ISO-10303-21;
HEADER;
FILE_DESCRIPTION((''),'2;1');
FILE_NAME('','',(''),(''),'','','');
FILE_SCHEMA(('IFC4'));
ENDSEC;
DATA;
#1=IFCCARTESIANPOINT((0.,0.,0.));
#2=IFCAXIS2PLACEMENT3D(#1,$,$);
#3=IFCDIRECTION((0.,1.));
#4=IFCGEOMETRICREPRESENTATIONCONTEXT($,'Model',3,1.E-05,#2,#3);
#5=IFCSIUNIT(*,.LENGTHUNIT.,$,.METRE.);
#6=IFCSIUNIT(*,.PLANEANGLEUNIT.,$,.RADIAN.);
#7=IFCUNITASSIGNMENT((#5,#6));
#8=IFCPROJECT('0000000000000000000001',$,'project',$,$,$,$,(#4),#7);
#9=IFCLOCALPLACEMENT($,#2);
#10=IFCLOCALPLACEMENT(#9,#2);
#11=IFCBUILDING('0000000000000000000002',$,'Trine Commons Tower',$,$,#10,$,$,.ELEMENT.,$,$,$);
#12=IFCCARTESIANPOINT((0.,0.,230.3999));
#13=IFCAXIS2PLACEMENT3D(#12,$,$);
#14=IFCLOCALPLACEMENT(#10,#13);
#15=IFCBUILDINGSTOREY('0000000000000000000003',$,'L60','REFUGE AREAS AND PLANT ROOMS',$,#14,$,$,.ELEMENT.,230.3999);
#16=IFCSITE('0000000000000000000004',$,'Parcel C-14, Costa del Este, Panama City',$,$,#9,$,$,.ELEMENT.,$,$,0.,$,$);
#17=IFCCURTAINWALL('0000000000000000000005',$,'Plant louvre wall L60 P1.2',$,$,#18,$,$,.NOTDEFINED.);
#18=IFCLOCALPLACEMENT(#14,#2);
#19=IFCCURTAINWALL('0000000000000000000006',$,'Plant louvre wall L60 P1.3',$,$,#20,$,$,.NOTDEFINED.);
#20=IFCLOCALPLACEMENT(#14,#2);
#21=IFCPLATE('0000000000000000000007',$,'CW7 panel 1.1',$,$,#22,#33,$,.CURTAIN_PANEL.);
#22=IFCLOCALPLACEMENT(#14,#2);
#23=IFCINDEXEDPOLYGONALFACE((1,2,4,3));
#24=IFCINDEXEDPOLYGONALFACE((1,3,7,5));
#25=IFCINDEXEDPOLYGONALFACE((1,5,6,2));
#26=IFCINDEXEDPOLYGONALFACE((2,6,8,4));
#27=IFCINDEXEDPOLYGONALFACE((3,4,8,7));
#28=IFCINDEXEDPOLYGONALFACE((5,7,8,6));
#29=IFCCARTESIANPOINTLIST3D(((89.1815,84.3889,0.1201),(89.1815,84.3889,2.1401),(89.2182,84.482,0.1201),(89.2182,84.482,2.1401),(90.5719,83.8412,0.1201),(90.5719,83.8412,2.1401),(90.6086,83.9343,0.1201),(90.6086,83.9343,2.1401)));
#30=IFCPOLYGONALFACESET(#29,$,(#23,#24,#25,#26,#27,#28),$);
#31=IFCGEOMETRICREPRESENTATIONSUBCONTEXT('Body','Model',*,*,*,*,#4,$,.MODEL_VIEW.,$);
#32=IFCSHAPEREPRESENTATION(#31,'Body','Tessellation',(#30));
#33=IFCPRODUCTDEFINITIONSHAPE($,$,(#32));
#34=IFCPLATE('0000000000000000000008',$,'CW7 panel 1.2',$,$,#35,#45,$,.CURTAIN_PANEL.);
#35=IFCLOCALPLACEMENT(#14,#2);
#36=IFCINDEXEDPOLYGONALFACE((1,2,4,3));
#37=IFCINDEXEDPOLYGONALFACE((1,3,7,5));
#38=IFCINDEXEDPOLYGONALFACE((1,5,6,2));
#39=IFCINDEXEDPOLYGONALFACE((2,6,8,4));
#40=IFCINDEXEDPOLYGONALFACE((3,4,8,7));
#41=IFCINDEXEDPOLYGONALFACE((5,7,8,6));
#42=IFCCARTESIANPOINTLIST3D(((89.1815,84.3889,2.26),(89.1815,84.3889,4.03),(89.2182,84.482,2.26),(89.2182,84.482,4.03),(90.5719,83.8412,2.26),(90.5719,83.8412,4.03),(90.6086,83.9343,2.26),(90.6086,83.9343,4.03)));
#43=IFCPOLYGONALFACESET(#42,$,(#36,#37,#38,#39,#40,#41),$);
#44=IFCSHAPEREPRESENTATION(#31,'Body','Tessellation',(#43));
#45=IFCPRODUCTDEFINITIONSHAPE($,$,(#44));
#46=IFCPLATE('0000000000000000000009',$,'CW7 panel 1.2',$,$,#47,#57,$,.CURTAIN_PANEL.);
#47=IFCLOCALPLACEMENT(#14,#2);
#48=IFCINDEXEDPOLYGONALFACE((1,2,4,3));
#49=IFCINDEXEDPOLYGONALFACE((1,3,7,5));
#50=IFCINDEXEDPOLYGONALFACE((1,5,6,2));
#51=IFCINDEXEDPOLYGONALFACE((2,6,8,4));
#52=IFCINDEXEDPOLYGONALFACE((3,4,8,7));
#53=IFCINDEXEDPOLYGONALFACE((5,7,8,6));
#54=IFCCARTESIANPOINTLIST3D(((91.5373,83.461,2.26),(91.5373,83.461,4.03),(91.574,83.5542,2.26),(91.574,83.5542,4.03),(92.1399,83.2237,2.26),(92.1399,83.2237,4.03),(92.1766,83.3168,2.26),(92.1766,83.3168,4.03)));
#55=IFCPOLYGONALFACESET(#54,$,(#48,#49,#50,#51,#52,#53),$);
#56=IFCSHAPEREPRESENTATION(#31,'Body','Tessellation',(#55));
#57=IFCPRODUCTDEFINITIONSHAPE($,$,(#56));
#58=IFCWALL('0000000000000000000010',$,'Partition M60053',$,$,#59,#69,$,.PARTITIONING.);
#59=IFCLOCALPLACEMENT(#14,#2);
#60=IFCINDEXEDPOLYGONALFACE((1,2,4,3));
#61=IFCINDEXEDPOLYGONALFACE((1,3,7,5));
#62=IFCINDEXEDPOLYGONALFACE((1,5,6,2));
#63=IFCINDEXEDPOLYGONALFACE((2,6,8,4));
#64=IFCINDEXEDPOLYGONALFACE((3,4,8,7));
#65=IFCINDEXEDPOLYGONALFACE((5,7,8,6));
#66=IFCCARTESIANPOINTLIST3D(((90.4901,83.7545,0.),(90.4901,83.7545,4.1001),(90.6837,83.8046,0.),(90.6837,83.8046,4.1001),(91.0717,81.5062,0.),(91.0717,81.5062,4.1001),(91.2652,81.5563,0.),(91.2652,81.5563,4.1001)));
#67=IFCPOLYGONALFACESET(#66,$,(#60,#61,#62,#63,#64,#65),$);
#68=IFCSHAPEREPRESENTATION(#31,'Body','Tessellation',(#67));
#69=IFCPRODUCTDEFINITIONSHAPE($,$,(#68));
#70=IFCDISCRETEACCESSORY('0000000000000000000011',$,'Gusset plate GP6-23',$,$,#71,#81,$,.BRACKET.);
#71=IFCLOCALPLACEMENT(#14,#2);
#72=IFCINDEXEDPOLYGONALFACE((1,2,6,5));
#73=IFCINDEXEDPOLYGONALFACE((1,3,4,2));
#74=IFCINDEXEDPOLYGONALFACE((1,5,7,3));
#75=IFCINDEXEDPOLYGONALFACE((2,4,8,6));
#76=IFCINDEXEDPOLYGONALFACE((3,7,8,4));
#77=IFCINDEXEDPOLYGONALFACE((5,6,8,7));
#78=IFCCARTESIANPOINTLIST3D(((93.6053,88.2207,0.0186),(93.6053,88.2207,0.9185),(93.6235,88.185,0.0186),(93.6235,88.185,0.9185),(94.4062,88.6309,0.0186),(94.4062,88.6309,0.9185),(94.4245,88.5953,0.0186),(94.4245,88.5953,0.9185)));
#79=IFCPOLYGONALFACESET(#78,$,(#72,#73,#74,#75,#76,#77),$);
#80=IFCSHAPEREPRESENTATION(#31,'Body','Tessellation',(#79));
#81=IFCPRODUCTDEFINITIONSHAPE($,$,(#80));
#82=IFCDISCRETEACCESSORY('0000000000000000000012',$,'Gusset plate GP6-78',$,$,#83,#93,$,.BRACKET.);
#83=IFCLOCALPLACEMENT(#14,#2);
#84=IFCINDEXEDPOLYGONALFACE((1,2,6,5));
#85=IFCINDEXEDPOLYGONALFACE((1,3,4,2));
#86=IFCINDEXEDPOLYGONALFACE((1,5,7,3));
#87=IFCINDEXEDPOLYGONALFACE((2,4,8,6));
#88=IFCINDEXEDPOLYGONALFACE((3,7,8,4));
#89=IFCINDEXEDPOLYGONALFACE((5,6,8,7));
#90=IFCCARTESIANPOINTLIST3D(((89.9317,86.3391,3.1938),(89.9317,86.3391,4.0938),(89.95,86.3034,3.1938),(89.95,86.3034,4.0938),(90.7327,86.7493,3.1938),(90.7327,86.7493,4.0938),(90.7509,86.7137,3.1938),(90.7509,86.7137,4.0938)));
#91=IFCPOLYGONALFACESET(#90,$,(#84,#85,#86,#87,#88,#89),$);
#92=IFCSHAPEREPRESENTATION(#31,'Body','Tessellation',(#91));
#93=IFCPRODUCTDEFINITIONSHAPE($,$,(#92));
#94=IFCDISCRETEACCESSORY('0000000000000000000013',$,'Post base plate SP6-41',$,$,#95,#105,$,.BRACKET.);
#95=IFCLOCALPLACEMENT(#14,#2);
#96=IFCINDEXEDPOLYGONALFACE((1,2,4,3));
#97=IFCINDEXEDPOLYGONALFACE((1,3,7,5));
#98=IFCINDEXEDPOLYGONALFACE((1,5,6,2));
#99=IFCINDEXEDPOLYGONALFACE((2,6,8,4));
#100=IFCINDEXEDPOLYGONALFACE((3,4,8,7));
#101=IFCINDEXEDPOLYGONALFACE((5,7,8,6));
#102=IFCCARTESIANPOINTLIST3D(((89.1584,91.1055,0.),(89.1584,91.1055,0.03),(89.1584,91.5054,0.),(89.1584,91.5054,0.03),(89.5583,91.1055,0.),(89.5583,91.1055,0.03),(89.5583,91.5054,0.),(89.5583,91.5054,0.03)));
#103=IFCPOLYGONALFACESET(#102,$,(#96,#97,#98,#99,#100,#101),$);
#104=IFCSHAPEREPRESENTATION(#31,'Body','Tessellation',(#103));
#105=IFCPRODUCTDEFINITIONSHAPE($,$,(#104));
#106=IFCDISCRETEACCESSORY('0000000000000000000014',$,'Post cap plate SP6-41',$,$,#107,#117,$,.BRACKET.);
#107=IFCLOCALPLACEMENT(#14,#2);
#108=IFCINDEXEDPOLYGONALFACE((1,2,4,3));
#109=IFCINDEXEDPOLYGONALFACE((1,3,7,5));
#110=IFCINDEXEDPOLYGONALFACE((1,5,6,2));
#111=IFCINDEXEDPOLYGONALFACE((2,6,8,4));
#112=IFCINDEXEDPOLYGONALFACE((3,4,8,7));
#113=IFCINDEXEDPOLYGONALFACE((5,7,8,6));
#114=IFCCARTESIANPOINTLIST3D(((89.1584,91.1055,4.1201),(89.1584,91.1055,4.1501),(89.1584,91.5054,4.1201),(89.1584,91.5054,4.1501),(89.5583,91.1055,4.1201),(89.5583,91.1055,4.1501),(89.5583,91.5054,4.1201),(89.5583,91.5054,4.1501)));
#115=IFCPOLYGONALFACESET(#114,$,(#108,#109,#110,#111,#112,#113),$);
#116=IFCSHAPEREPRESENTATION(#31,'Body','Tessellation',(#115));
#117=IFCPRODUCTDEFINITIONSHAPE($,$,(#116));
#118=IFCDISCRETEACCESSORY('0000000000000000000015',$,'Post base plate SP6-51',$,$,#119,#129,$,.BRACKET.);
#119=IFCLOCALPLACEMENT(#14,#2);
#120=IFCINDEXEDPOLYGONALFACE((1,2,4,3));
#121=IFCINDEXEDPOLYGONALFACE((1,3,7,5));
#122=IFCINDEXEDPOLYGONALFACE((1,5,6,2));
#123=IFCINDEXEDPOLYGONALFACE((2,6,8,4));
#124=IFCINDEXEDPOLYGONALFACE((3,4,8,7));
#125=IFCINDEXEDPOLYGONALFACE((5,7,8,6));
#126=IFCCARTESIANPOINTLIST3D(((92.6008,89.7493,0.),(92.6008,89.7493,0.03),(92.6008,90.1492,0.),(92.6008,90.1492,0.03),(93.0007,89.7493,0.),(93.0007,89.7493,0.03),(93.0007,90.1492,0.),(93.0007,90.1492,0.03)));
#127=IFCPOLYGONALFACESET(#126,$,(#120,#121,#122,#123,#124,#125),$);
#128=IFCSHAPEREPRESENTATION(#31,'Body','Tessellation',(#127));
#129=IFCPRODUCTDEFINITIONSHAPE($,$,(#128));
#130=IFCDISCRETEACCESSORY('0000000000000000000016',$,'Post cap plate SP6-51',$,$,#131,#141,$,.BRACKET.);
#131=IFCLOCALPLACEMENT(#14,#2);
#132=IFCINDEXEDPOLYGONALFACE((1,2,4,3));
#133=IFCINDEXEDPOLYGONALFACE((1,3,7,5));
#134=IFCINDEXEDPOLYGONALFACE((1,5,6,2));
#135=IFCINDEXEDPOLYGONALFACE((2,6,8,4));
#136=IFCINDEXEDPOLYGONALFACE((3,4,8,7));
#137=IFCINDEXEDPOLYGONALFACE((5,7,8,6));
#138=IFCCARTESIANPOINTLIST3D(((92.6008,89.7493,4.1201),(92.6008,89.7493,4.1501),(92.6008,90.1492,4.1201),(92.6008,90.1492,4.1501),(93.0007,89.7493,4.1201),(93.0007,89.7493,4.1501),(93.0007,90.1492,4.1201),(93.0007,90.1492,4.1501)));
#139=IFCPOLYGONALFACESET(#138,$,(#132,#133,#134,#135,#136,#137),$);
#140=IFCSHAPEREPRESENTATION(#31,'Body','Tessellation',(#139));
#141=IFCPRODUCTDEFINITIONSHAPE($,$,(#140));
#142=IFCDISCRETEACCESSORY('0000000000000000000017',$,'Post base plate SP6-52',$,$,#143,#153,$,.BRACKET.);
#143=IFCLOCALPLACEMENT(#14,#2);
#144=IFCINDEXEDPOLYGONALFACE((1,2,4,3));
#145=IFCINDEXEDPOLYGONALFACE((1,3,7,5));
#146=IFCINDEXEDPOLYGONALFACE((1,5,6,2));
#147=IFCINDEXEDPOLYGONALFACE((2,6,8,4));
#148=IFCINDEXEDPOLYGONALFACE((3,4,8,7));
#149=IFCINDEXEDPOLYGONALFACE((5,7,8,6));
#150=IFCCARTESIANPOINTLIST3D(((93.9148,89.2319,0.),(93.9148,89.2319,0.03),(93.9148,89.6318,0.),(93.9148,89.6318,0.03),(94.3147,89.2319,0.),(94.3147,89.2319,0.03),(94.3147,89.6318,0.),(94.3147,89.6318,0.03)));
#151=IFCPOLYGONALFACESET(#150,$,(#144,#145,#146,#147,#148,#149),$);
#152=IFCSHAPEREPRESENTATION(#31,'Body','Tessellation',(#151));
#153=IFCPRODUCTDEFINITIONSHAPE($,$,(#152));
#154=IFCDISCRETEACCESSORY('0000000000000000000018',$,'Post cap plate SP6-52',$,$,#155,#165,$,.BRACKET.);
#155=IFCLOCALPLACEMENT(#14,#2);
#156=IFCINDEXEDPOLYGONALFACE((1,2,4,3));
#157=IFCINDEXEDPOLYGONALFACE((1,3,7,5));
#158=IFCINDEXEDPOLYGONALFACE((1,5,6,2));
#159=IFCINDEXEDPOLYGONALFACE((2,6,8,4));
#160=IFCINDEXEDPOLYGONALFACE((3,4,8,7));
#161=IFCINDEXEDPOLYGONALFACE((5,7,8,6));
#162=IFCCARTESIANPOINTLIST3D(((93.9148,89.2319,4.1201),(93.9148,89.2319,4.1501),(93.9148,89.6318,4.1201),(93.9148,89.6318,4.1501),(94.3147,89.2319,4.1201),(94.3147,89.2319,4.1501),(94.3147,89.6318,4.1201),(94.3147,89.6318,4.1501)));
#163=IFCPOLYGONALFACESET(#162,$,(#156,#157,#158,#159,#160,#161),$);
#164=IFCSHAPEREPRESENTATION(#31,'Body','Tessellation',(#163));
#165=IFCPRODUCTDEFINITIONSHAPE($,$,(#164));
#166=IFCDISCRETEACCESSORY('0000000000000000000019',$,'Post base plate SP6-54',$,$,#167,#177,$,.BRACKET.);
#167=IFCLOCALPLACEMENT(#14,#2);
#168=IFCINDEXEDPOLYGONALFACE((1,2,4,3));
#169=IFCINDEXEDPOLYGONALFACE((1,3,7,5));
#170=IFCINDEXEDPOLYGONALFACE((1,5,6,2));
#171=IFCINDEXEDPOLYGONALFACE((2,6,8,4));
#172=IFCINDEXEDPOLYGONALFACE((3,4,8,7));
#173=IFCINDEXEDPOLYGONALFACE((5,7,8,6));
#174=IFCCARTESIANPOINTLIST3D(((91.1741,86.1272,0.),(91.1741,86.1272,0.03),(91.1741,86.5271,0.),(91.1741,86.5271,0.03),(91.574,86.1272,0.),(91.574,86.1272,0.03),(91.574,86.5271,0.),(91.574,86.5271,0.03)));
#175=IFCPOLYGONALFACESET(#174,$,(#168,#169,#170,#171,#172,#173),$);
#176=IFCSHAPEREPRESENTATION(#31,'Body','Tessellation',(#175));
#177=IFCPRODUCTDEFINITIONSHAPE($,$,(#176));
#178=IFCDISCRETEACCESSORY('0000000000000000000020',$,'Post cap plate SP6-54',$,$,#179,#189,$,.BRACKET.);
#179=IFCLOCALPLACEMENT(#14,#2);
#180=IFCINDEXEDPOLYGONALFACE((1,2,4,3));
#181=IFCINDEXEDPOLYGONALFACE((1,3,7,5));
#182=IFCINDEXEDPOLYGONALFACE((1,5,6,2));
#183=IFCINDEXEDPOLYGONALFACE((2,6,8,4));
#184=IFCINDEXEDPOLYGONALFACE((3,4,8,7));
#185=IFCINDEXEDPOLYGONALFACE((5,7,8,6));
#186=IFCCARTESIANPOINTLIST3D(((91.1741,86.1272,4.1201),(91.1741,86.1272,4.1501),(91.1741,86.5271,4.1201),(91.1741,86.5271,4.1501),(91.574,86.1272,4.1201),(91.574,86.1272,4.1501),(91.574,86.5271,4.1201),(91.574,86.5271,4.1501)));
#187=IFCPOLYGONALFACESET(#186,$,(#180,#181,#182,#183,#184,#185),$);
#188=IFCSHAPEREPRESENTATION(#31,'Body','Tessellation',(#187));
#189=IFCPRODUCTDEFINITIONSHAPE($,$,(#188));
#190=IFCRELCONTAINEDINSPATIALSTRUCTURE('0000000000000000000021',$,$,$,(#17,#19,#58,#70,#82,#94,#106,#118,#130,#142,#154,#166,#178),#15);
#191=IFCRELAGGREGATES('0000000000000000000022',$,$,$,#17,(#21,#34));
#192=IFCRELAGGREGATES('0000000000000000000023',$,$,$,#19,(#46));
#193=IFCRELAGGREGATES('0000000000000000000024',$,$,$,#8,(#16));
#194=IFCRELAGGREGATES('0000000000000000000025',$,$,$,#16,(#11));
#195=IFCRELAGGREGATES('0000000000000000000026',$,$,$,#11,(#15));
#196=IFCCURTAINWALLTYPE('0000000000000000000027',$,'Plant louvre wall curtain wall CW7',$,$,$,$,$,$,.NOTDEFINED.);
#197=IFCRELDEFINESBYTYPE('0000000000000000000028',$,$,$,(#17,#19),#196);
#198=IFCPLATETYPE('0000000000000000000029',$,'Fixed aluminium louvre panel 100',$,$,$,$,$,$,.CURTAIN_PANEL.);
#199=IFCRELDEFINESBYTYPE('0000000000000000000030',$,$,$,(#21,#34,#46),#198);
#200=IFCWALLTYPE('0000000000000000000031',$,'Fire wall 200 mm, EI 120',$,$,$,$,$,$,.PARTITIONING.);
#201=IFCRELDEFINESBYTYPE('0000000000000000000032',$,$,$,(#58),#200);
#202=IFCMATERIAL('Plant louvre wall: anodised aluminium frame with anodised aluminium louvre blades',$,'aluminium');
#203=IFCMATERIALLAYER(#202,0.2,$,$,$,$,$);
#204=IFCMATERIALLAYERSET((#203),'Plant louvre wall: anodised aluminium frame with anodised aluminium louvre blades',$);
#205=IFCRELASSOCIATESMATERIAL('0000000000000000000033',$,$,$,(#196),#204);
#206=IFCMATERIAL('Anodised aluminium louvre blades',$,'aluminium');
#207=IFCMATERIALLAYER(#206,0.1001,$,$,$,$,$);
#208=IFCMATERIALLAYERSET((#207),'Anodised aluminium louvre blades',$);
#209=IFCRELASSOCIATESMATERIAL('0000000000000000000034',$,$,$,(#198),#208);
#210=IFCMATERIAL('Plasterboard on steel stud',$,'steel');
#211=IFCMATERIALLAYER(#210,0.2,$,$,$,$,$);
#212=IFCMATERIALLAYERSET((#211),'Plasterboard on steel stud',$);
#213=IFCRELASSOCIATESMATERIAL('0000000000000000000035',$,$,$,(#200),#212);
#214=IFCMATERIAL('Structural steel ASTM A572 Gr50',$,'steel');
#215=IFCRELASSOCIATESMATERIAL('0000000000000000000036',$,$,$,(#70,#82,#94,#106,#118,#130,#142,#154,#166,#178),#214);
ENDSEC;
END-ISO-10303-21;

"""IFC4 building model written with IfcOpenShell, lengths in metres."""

from ifc_helpers import new_model, si_unit, direction, frame, frame_2d, origin, origin_2d, place, context, subcontext, project, spatial, rectangle, extrude, material, layer, layer_set, type_object, element, aggregate, save


model = new_model("IFC4")

# Units and contexts
model_context = context("Model", 3, precision=1e-05, world=origin(), true_north=direction((0.0, 1.0)))
body_context = subcontext(model_context, "Body", "Model", "MODEL_VIEW")
ifc_project = project(units=[si_unit("LENGTHUNIT", "METRE"), si_unit("PLANEANGLEUNIT", "RADIAN")], contexts=[model_context])

# Site, building, storey
site_placement = place(None, origin())
site = spatial("IfcSite", under=ifc_project, at=site_placement, Name="Parcel C-14, Costa del Este, Panama City", CompositionType="ELEMENT", RefElevation=0.0)
building_placement = place(site_placement, origin())
building = spatial("IfcBuilding", under=site, at=building_placement, Name="Trine Commons Tower", CompositionType="ELEMENT")
storey_placement = place(building_placement, frame((0.0, 0.0, 230.3999)))
storey = spatial("IfcBuildingStorey", under=building, at=storey_placement, Name="L60", Description="REFUGE AREAS AND PLANT ROOMS", CompositionType="ELEMENT", Elevation=230.3999)

# Curtain walls
ifc_material_1 = material(Name="Plant louvre wall: anodised aluminium frame with anodised aluminium louvre blades", Category="aluminium")
ifc_layer_1 = layer(ifc_material_1, 0.2)
ifc_layer_set_1 = layer_set([ifc_layer_1], Name="Plant louvre wall: anodised aluminium frame with anodised aluminium louvre blades")
curtain_wall_type = type_object("IfcCurtainWallType", Name="Plant louvre wall curtain wall CW7", PredefinedType="NOTDEFINED", material=ifc_layer_set_1)
curtain_wall_1_placement = place(storey_placement, origin())
curtain_wall_1 = element("IfcCurtainWall", 1, at=curtain_wall_1_placement, inside=storey, type_object=curtain_wall_type, Name="Plant louvre wall L60 P1.2", PredefinedType="NOTDEFINED")
curtain_wall_2_placement = place(storey_placement, origin())
curtain_wall_2 = element("IfcCurtainWall", 2, at=curtain_wall_2_placement, inside=storey, type_object=curtain_wall_type, Name="Plant louvre wall L60 P1.3", PredefinedType="NOTDEFINED")

# Plates
ifc_material_2 = material(Name="Anodised aluminium louvre blades", Category="aluminium")
ifc_layer_2 = layer(ifc_material_2, 0.1001)
ifc_layer_set_2 = layer_set([ifc_layer_2], Name="Anodised aluminium louvre blades")
plate_type = type_object("IfcPlateType", Name="Fixed aluminium louvre panel 100", PredefinedType="CURTAIN_PANEL", material=ifc_layer_set_2)
plate_1_placement = place(storey_placement, frame((89.895, 84.1616, 0.1201), z_axis=(0.0, 0.0, 1.0), x_axis=(0.930418, -0.366501, 0.0)))
plate_1 = element("IfcPlate", 3, at=plate_1_placement, type_object=plate_type, Name="CW7 panel 1.1", PredefinedType="CURTAIN_PANEL", context=body_context, shape_type="SweptSolid", body=[
    extrude(rectangle(XDim=1.4944, YDim=0.1001, at=origin_2d()), origin(), (0.0, 0.0, 1.0), 2.02),
])
plate_2_placement = place(storey_placement, frame((89.895, 84.1616, 2.26), z_axis=(0.0, 0.0, 1.0), x_axis=(0.930418, -0.366501, 0.0)))
plate_2 = element("IfcPlate", 4, at=plate_2_placement, type_object=plate_type, Name="CW7 panel 1.2", PredefinedType="CURTAIN_PANEL", context=body_context, shape_type="SweptSolid", body=[
    extrude(rectangle(XDim=1.4944, YDim=0.1001, at=origin_2d()), origin(), (0.0, 0.0, 1.0), 1.77),
])
aggregate(curtain_wall_1, [plate_1, plate_2])
plate_3_placement = place(storey_placement, frame((91.8569, 83.3889, 2.26), z_axis=(0.0, 0.0, 1.0), x_axis=(0.930418, -0.366501, 0.0)))
plate_3 = element("IfcPlate", 5, at=plate_3_placement, type_object=plate_type, Name="CW7 panel 1.2", PredefinedType="CURTAIN_PANEL", context=body_context, shape_type="SweptSolid", body=[
    extrude(rectangle(XDim=0.6477, YDim=0.1001, at=origin_2d()), origin(), (0.0, 0.0, 1.0), 1.77),
])
aggregate(curtain_wall_2, [plate_3])

# Wall
ifc_material_3 = material(Name="Plasterboard on steel stud", Category="steel")
ifc_layer_3 = layer(ifc_material_3, 0.2)
ifc_layer_set_3 = layer_set([ifc_layer_3], Name="Plasterboard on steel stud")
wall_type = type_object("IfcWallType", Name="Fire wall 200 mm, EI 120", PredefinedType="PARTITIONING", material=ifc_layer_set_3)
wall_placement = place(storey_placement, frame((90.5869, 83.7795, 0.0), z_axis=(0.0, 0.0, 1.0), x_axis=(0.250418, -0.968138, 0.0)))
element("IfcWall", 6, at=wall_placement, inside=storey, type_object=wall_type, Name="Partition M60053", PredefinedType="PARTITIONING", context=body_context, shape_type="SweptSolid", body=[
    extrude(rectangle(XDim=2.3223, YDim=0.2, at=frame_2d((1.1611, 0.0))), origin(), (0.0, 0.0, 1.0), 4.1001),
])

# Discrete accessories
ifc_material_4 = material(Name="Structural steel ASTM A572 Gr50", Category="steel")
for number, where, z_axis, x_axis, name in (
    (7, (94.0149, 88.408, 0.0186), (0.0, 0.0, 1.0), (-0.890054, -0.455856, 0.0), "Gusset plate GP6-23"),
    (8, (90.3413, 86.5264, 3.1938), (0.0, 0.0, 1.0), (-0.890054, -0.455856, 0.0), "Gusset plate GP6-78"),
):
    element("IfcDiscreteAccessory", number, at=place(storey_placement, frame(where, z_axis=z_axis, x_axis=x_axis)), inside=storey, material=ifc_material_4, Name=name, PredefinedType="BRACKET", context=body_context, shape_type="SweptSolid", body=[
        extrude(rectangle(XDim=0.8999, YDim=0.04, at=origin_2d()), origin(), (0.0, 0.0, 1.0), 0.8999),
    ])
for number, where, z_axis, x_axis, name in (
    (9, (89.3584, 91.3054, 0.0), (0.0, 0.0, 1.0), (1.0, 0.0, 0.0), "Post base plate SP6-41"),
    (10, (89.3584, 91.3054, 4.1201), (0.0, 0.0, 1.0), (1.0, 0.0, 0.0), "Post cap plate SP6-41"),
    (11, (92.8008, 89.9492, 0.0), (0.0, 0.0, 1.0), (1.0, 0.0, 0.0), "Post base plate SP6-51"),
    (12, (92.8008, 89.9492, 4.1201), (0.0, 0.0, 1.0), (1.0, 0.0, 0.0), "Post cap plate SP6-51"),
    (13, (94.1147, 89.4319, 0.0), (0.0, 0.0, 1.0), (1.0, 0.0, 0.0), "Post base plate SP6-52"),
    (14, (94.1147, 89.4319, 4.1201), (0.0, 0.0, 1.0), (1.0, 0.0, 0.0), "Post cap plate SP6-52"),
    (15, (91.374, 86.3271, 0.0), (0.0, 0.0, 1.0), (1.0, 0.0, 0.0), "Post base plate SP6-54"),
    (16, (91.374, 86.3271, 4.1201), (0.0, 0.0, 1.0), (1.0, 0.0, 0.0), "Post cap plate SP6-54"),
):
    element("IfcDiscreteAccessory", number, at=place(storey_placement, frame(where, z_axis=z_axis, x_axis=x_axis)), inside=storey, material=ifc_material_4, Name=name, PredefinedType="BRACKET", context=body_context, shape_type="SweptSolid", body=[
        extrude(rectangle(XDim=0.3999, YDim=0.3999, at=origin_2d()), origin(), (0.0, 0.0, 1.0), 0.03),
    ])

save(model, "model.ifc")
